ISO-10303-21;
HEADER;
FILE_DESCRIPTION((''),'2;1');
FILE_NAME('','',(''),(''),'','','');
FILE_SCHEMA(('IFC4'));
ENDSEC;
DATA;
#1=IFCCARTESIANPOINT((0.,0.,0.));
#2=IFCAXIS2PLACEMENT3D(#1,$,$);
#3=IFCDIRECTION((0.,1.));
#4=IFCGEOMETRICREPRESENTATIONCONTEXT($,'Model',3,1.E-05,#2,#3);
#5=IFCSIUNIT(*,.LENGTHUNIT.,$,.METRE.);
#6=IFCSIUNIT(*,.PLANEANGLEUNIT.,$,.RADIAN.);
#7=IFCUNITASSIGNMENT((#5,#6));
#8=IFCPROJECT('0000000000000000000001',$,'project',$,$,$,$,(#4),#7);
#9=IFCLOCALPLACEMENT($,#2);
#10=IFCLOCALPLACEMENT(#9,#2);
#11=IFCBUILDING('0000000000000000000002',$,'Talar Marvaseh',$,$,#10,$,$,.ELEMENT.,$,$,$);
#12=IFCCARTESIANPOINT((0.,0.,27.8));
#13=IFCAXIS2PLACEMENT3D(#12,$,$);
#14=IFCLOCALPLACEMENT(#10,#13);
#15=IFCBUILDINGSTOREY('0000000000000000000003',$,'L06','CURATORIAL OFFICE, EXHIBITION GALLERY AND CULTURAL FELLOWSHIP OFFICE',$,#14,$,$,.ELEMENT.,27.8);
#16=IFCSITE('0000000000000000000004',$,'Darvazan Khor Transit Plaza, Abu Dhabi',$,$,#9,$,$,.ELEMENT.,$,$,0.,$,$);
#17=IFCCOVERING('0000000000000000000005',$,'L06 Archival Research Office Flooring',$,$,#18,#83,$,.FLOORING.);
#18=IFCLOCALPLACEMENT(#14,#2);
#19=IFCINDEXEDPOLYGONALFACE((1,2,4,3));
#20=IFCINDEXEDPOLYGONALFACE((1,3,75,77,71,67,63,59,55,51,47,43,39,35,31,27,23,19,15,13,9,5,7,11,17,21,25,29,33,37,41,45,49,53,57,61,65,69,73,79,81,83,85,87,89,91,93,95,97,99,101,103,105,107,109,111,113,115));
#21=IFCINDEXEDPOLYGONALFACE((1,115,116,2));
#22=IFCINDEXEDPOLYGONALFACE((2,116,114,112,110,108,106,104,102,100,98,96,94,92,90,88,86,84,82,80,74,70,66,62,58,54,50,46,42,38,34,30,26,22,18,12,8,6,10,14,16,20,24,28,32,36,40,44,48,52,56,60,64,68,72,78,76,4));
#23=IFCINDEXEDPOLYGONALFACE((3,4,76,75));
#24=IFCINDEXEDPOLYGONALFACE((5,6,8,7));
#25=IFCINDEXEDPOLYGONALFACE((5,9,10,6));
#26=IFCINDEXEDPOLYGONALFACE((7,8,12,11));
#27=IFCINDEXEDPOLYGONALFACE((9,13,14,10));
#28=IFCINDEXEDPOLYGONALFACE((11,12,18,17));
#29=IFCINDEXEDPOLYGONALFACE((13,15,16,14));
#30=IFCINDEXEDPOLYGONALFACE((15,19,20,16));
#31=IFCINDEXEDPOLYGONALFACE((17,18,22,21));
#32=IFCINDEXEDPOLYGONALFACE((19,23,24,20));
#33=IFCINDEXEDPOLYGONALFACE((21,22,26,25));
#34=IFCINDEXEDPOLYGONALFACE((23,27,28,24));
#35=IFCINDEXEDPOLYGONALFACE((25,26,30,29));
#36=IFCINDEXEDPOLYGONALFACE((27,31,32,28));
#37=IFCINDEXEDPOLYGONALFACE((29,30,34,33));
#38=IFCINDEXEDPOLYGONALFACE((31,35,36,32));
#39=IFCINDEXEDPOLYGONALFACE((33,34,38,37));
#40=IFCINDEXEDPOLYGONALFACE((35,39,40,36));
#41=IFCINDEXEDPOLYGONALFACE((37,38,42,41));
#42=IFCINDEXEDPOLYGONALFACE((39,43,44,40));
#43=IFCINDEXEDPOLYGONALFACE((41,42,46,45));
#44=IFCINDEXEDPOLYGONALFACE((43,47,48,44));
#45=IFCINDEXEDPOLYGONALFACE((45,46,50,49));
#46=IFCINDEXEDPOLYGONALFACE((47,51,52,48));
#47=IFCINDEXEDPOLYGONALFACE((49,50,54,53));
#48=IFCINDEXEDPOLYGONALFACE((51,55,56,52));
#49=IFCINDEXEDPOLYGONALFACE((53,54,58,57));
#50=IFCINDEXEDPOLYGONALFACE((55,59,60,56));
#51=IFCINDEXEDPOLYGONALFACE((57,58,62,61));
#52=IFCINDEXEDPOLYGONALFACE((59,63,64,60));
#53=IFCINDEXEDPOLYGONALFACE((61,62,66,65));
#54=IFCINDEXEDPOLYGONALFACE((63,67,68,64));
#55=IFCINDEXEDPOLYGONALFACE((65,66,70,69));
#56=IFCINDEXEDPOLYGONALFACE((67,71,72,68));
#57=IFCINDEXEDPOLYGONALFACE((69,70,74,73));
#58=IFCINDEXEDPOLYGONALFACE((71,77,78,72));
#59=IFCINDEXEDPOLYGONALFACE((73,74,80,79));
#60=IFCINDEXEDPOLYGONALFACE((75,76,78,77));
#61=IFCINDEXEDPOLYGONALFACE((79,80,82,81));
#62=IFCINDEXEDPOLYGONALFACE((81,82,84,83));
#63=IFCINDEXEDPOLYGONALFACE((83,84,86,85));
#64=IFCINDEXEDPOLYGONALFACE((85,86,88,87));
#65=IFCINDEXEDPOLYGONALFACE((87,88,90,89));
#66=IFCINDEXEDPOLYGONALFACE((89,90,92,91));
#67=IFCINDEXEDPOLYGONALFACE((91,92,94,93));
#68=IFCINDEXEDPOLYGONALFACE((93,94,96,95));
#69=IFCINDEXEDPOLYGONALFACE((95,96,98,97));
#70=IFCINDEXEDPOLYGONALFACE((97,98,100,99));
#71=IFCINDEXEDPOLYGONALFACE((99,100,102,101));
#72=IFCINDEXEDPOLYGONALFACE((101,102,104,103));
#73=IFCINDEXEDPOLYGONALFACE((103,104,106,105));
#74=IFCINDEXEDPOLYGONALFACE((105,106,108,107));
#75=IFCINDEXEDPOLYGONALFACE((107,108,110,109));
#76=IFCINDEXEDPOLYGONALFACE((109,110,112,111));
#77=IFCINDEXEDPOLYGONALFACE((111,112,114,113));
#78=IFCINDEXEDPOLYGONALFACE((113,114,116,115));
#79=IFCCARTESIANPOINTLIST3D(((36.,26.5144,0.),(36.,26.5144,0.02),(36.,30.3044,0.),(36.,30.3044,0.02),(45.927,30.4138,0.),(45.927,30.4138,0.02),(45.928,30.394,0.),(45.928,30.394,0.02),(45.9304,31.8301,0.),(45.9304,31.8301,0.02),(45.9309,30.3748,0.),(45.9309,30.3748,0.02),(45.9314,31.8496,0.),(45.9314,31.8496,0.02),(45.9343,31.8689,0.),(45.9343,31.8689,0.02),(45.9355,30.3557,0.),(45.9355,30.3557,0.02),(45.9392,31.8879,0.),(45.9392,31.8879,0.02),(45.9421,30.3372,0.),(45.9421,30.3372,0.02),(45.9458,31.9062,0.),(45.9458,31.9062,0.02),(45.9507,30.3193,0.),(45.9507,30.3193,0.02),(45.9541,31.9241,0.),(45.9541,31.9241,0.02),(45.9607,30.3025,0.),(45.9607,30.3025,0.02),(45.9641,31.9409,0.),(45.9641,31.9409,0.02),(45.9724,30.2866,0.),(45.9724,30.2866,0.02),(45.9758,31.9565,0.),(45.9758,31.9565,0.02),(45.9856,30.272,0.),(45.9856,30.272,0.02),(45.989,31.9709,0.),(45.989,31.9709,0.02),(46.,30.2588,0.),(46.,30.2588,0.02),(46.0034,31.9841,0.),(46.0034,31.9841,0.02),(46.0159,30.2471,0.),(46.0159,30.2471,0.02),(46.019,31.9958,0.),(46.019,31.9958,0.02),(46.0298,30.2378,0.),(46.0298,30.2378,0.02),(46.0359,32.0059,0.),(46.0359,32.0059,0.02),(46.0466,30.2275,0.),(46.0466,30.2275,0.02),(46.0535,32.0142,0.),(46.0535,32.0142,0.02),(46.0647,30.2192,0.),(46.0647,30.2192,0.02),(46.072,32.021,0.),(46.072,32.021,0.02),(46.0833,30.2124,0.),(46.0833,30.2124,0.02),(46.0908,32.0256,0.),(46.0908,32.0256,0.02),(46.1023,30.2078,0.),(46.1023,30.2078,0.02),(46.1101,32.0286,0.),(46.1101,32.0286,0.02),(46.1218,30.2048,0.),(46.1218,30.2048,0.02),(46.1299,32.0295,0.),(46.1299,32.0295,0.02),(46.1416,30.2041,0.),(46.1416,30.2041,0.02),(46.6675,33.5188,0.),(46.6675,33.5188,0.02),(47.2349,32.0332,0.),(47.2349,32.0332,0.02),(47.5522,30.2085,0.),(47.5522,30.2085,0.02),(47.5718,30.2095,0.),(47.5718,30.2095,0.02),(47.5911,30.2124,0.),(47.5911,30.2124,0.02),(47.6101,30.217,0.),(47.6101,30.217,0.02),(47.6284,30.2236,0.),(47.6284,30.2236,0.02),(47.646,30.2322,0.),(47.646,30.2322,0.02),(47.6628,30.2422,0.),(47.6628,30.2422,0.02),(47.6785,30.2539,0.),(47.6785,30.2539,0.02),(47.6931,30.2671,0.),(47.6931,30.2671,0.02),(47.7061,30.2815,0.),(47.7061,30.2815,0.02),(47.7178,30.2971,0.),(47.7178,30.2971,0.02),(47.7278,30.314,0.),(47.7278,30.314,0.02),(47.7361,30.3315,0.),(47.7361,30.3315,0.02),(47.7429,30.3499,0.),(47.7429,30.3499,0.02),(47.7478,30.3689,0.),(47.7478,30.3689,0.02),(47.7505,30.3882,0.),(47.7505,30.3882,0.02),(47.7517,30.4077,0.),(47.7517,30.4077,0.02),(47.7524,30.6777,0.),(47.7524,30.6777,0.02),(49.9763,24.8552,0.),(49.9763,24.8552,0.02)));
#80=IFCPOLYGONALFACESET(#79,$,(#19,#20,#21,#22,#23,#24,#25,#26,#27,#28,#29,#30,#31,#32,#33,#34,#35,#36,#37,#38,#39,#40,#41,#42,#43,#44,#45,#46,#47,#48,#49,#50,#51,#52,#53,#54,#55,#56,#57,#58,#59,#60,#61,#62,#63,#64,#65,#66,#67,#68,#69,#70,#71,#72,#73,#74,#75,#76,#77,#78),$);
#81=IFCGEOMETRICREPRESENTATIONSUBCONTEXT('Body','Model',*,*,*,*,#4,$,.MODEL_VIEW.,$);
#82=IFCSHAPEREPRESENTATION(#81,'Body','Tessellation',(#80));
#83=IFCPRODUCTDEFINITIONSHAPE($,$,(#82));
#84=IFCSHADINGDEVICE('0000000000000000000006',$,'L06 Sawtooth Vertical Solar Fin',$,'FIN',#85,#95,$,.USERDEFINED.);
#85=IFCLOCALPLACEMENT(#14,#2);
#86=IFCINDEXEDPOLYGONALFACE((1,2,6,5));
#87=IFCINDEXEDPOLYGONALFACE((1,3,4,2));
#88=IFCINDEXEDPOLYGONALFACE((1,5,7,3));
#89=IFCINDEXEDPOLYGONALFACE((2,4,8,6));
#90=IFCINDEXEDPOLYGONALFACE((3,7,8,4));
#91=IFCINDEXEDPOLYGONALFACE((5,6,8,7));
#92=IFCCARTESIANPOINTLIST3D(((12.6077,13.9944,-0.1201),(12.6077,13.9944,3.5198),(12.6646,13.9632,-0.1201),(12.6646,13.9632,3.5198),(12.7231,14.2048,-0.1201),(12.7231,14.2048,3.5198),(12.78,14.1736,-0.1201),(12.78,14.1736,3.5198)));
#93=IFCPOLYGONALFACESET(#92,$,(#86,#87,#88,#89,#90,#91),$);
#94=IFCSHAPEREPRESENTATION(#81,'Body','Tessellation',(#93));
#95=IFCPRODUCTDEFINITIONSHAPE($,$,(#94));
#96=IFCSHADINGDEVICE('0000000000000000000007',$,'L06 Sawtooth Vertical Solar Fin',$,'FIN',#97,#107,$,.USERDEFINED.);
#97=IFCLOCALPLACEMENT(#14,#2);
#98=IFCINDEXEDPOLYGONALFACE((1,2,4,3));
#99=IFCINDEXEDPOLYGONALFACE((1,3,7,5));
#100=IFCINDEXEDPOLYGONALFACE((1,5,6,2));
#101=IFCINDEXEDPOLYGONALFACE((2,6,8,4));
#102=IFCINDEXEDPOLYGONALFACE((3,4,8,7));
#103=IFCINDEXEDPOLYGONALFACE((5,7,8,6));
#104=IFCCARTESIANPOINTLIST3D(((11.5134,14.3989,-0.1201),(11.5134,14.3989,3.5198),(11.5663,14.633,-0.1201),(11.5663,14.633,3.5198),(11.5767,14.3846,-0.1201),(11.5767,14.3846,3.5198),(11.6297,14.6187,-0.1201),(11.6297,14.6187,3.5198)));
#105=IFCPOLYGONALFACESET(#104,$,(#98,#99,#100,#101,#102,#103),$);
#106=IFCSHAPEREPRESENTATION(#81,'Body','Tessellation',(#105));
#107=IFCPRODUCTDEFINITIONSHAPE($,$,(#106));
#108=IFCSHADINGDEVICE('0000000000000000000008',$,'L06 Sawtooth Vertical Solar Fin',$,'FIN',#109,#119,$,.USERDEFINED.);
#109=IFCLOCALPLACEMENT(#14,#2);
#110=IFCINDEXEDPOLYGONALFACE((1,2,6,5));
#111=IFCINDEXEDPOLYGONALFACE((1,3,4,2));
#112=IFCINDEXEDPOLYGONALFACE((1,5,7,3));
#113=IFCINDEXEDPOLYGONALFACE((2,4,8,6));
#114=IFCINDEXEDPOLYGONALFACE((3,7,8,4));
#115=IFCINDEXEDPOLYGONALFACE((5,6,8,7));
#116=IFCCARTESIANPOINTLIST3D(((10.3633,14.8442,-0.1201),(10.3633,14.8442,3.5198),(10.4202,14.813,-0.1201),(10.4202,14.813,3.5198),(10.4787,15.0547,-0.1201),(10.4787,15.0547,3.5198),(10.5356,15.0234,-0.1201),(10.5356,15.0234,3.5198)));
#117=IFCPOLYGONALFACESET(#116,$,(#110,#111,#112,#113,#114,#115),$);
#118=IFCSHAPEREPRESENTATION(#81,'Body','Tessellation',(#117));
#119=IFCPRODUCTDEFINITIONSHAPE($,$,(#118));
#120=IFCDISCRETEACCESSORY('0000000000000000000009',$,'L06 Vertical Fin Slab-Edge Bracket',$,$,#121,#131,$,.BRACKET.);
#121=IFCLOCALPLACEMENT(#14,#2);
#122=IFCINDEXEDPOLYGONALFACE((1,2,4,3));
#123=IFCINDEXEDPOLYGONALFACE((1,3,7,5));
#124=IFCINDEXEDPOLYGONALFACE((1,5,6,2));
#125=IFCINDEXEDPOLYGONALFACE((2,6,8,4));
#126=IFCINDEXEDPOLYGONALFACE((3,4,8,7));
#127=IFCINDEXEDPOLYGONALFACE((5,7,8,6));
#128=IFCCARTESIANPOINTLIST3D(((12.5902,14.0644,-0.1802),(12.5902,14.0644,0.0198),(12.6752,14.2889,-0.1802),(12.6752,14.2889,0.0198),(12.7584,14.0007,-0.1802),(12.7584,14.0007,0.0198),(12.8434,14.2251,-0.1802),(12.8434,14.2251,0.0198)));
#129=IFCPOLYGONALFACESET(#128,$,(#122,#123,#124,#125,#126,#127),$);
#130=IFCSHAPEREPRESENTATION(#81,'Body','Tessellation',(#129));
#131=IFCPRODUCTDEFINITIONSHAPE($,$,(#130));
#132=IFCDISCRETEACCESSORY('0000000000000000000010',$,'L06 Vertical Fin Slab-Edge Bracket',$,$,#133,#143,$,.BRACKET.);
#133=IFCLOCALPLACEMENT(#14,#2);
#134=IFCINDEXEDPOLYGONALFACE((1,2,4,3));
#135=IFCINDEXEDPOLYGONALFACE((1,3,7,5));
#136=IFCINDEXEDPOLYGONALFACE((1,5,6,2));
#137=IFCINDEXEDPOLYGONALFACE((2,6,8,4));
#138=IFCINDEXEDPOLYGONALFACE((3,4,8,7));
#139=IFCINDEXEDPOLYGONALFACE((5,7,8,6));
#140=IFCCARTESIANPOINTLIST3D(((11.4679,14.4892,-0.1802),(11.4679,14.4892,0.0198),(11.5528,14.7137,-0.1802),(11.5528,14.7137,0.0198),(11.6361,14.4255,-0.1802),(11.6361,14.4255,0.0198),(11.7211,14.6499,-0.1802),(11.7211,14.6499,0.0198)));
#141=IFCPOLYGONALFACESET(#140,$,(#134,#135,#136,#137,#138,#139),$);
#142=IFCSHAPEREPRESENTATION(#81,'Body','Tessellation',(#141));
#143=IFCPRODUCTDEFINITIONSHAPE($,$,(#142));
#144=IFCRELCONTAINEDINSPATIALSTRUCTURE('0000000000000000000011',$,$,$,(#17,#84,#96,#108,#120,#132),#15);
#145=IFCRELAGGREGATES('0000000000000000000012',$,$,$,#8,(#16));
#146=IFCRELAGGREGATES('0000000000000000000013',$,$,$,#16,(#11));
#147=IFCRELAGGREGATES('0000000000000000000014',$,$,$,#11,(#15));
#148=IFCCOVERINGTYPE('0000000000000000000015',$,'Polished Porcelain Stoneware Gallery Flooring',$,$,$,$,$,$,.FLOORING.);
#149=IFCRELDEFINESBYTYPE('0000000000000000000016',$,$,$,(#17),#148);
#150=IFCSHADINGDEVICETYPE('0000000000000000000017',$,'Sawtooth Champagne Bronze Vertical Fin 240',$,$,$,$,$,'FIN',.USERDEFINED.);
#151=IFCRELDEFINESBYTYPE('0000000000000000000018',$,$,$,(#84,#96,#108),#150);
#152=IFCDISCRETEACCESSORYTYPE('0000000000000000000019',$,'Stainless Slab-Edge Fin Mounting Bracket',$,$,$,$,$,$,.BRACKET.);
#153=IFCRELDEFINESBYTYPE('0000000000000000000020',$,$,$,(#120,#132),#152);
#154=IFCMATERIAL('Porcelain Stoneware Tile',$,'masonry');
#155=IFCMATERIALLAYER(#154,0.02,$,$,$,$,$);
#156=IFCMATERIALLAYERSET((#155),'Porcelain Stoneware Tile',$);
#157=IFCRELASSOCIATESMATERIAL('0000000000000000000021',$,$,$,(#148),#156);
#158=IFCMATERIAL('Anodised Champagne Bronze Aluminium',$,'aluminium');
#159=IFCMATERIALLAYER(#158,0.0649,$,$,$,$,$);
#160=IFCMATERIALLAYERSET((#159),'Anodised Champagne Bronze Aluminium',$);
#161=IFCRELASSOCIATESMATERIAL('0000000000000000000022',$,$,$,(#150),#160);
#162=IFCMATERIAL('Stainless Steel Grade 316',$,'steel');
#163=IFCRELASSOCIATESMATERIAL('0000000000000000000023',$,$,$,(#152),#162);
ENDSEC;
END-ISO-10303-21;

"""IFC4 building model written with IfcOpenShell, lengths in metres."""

from ifc_helpers import new_model, si_unit, direction, frame, origin, origin_2d, place, context, subcontext, project, spatial, polyline, rectangle, outline, extrude, source, transform, mapped, material, layer, layer_set, type_object, type_shapes, element, save


model = new_model("IFC4")

# Units and contexts
model_context = context("Model", 3, precision=1e-05, world=origin(), true_north=direction((0.0, 1.0)))
body_context = subcontext(model_context, "Body", "Model", "MODEL_VIEW")
ifc_project = project(units=[si_unit("LENGTHUNIT", "METRE"), si_unit("PLANEANGLEUNIT", "RADIAN")], contexts=[model_context])

# Site, building, storey
site_placement = place(None, origin())
site = spatial("IfcSite", under=ifc_project, at=site_placement, Name="Darvazan Khor Transit Plaza, Abu Dhabi", CompositionType="ELEMENT", RefElevation=0.0)
building_placement = place(site_placement, origin())
building = spatial("IfcBuilding", under=site, at=building_placement, Name="Talar Marvaseh", CompositionType="ELEMENT")
storey_placement = place(building_placement, frame((0.0, 0.0, 27.8)))
storey = spatial("IfcBuildingStorey", under=building, at=storey_placement, Name="L06", Description="CURATORIAL OFFICE, EXHIBITION GALLERY AND CULTURAL FELLOWSHIP OFFICE", CompositionType="ELEMENT", Elevation=27.8)

# Covering
ifc_material_1 = material(Name="Porcelain Stoneware Tile", Category="masonry")
ifc_layer_1 = layer(ifc_material_1, 0.02)
ifc_layer_set_1 = layer_set([ifc_layer_1], Name="Porcelain Stoneware Tile")
covering_type_1 = type_object("IfcCoveringType", Name="Polished Porcelain Stoneware Gallery Flooring", PredefinedType="FLOORING", material=ifc_layer_set_1)
covering_1_placement = place(storey_placement, origin())
element("IfcCovering", 1, at=covering_1_placement, inside=storey, type_object=covering_type_1, Name="L06 Archival Research Office Flooring", PredefinedType="FLOORING", context=body_context, shape_type="SweptSolid", body=[
    extrude(outline(polyline([(46.0908, 32.0256), (46.072, 32.021), (46.0535, 32.0142), (46.0359, 32.0059), (46.019, 31.9958), (46.0034, 31.9841), (45.989, 31.9709), (45.9758, 31.9565), (45.9641, 31.9409), (45.9541, 31.9241), (45.9458, 31.9062), (45.9392, 31.8879), (45.9343, 31.8689), (45.9314, 31.8496), (45.9304, 31.8301), (45.927, 30.4138), (45.928, 30.394), (45.9309, 30.3748), (45.9355, 30.3557), (45.9421, 30.3372), (45.9507, 30.3193), (45.9607, 30.3025), (45.9724, 30.2866), (45.9856, 30.272), (46.0, 30.2588), (46.0159, 30.2471), (46.0298, 30.2378), (46.0466, 30.2275), (46.0647, 30.2192), (46.0833, 30.2124), (46.1023, 30.2078), (46.1218, 30.2048), (46.1416, 30.2041), (47.5522, 30.2085), (47.5718, 30.2095), (47.5911, 30.2124), (47.6101, 30.217), (47.6284, 30.2236), (47.646, 30.2322), (47.6628, 30.2422), (47.6785, 30.2539), (47.6931, 30.2671), (47.7061, 30.2815), (47.7178, 30.2971), (47.7278, 30.314), (47.7361, 30.3315), (47.7429, 30.3499), (47.7478, 30.3689), (47.7505, 30.3882), (47.7517, 30.4077), (47.7524, 30.6777), (49.9763, 24.8552), (36.0, 26.5144), (36.0, 30.3044), (46.6675, 33.5188), (47.2349, 32.0332), (46.1299, 32.0295), (46.1101, 32.0286), (46.0908, 32.0256)])), origin(), (0.0, 0.0, 1.0), 0.02),
])

# Shading devices
ifc_material_2 = material(Name="Anodised Champagne Bronze Aluminium", Category="aluminium")
ifc_layer_2 = layer(ifc_material_2, 0.0649)
ifc_layer_set_2 = layer_set([ifc_layer_2], Name="Anodised Champagne Bronze Aluminium")
shading_device_type = type_object("IfcShadingDeviceType", Name="Sawtooth Champagne Bronze Vertical Fin 240", ElementType="FIN", PredefinedType="USERDEFINED", material=ifc_layer_set_2)
shared_shape_1 = source(origin(), body_context, "Body", "SweptSolid", [
    extrude(rectangle(XDim=0.24, YDim=0.0649, at=origin_2d()), origin(), (0.0, 0.0, 1.0), 3.6399),
])
type_shapes(shading_device_type, [shared_shape_1])
for number, where, z_axis, x_axis, name in (
    (2, (12.6938, 14.084, -0.1201), (0.0, 0.0, 1.0), (-0.480836, -0.876811, 0.0), "L06 Sawtooth Vertical Solar Fin"),
    (3, (11.5715, 14.5088, -0.1201), (0.0, 0.0, 1.0), (-0.220527, -0.975381, 0.0), "L06 Sawtooth Vertical Solar Fin"),
    (4, (10.4495, 14.9338, -0.1201), (0.0, 0.0, 1.0), (-0.480836, -0.876811, 0.0), "L06 Sawtooth Vertical Solar Fin"),
):
    element("IfcShadingDevice", number, at=place(storey_placement, frame(where, z_axis=z_axis, x_axis=x_axis)), inside=storey, type_object=shading_device_type, Name=name, ObjectType="FIN", PredefinedType="USERDEFINED", context=body_context, shape_type="MappedRepresentation", body=[
        mapped(shared_shape_1, transform((0.0, 0.0, 0.0), x_axis=(1.0, 0.0, 0.0), y_axis=(0.0, 1.0, 0.0), z_axis=(0.0, 0.0, 1.0), scale=1.0)),
    ])

# Discrete accessories
ifc_material_3 = material(Name="Stainless Steel Grade 316", Category="steel")
discrete_accessory_type = type_object("IfcDiscreteAccessoryType", Name="Stainless Slab-Edge Fin Mounting Bracket", PredefinedType="BRACKET", material=ifc_material_3)
shared_shape_2 = source(origin(), body_context, "Body", "SweptSolid", [
    extrude(rectangle(XDim=0.24, YDim=0.1799, at=origin_2d()), origin(), (0.0, 0.0, 1.0), 0.2),
])
type_shapes(discrete_accessory_type, [shared_shape_2])
for number, where, z_axis, x_axis, name in (
    (5, (12.7168, 14.1448, -0.1802), (0.0, 0.0, 1.0), (-0.354128, -0.935197, 0.0), "L06 Vertical Fin Slab-Edge Bracket"),
    (6, (11.5945, 14.5696, -0.1802), (0.0, 0.0, 1.0), (-0.354128, -0.935197, 0.0), "L06 Vertical Fin Slab-Edge Bracket"),
):
    element("IfcDiscreteAccessory", number, at=place(storey_placement, frame(where, z_axis=z_axis, x_axis=x_axis)), inside=storey, type_object=discrete_accessory_type, Name=name, PredefinedType="BRACKET", context=body_context, shape_type="MappedRepresentation", body=[
        mapped(shared_shape_2, transform((0.0, 0.0, 0.0), x_axis=(1.0, 0.0, 0.0), y_axis=(0.0, 1.0, 0.0), z_axis=(0.0, 0.0, 1.0), scale=1.0)),
    ])

save(model, "model.ifc")
